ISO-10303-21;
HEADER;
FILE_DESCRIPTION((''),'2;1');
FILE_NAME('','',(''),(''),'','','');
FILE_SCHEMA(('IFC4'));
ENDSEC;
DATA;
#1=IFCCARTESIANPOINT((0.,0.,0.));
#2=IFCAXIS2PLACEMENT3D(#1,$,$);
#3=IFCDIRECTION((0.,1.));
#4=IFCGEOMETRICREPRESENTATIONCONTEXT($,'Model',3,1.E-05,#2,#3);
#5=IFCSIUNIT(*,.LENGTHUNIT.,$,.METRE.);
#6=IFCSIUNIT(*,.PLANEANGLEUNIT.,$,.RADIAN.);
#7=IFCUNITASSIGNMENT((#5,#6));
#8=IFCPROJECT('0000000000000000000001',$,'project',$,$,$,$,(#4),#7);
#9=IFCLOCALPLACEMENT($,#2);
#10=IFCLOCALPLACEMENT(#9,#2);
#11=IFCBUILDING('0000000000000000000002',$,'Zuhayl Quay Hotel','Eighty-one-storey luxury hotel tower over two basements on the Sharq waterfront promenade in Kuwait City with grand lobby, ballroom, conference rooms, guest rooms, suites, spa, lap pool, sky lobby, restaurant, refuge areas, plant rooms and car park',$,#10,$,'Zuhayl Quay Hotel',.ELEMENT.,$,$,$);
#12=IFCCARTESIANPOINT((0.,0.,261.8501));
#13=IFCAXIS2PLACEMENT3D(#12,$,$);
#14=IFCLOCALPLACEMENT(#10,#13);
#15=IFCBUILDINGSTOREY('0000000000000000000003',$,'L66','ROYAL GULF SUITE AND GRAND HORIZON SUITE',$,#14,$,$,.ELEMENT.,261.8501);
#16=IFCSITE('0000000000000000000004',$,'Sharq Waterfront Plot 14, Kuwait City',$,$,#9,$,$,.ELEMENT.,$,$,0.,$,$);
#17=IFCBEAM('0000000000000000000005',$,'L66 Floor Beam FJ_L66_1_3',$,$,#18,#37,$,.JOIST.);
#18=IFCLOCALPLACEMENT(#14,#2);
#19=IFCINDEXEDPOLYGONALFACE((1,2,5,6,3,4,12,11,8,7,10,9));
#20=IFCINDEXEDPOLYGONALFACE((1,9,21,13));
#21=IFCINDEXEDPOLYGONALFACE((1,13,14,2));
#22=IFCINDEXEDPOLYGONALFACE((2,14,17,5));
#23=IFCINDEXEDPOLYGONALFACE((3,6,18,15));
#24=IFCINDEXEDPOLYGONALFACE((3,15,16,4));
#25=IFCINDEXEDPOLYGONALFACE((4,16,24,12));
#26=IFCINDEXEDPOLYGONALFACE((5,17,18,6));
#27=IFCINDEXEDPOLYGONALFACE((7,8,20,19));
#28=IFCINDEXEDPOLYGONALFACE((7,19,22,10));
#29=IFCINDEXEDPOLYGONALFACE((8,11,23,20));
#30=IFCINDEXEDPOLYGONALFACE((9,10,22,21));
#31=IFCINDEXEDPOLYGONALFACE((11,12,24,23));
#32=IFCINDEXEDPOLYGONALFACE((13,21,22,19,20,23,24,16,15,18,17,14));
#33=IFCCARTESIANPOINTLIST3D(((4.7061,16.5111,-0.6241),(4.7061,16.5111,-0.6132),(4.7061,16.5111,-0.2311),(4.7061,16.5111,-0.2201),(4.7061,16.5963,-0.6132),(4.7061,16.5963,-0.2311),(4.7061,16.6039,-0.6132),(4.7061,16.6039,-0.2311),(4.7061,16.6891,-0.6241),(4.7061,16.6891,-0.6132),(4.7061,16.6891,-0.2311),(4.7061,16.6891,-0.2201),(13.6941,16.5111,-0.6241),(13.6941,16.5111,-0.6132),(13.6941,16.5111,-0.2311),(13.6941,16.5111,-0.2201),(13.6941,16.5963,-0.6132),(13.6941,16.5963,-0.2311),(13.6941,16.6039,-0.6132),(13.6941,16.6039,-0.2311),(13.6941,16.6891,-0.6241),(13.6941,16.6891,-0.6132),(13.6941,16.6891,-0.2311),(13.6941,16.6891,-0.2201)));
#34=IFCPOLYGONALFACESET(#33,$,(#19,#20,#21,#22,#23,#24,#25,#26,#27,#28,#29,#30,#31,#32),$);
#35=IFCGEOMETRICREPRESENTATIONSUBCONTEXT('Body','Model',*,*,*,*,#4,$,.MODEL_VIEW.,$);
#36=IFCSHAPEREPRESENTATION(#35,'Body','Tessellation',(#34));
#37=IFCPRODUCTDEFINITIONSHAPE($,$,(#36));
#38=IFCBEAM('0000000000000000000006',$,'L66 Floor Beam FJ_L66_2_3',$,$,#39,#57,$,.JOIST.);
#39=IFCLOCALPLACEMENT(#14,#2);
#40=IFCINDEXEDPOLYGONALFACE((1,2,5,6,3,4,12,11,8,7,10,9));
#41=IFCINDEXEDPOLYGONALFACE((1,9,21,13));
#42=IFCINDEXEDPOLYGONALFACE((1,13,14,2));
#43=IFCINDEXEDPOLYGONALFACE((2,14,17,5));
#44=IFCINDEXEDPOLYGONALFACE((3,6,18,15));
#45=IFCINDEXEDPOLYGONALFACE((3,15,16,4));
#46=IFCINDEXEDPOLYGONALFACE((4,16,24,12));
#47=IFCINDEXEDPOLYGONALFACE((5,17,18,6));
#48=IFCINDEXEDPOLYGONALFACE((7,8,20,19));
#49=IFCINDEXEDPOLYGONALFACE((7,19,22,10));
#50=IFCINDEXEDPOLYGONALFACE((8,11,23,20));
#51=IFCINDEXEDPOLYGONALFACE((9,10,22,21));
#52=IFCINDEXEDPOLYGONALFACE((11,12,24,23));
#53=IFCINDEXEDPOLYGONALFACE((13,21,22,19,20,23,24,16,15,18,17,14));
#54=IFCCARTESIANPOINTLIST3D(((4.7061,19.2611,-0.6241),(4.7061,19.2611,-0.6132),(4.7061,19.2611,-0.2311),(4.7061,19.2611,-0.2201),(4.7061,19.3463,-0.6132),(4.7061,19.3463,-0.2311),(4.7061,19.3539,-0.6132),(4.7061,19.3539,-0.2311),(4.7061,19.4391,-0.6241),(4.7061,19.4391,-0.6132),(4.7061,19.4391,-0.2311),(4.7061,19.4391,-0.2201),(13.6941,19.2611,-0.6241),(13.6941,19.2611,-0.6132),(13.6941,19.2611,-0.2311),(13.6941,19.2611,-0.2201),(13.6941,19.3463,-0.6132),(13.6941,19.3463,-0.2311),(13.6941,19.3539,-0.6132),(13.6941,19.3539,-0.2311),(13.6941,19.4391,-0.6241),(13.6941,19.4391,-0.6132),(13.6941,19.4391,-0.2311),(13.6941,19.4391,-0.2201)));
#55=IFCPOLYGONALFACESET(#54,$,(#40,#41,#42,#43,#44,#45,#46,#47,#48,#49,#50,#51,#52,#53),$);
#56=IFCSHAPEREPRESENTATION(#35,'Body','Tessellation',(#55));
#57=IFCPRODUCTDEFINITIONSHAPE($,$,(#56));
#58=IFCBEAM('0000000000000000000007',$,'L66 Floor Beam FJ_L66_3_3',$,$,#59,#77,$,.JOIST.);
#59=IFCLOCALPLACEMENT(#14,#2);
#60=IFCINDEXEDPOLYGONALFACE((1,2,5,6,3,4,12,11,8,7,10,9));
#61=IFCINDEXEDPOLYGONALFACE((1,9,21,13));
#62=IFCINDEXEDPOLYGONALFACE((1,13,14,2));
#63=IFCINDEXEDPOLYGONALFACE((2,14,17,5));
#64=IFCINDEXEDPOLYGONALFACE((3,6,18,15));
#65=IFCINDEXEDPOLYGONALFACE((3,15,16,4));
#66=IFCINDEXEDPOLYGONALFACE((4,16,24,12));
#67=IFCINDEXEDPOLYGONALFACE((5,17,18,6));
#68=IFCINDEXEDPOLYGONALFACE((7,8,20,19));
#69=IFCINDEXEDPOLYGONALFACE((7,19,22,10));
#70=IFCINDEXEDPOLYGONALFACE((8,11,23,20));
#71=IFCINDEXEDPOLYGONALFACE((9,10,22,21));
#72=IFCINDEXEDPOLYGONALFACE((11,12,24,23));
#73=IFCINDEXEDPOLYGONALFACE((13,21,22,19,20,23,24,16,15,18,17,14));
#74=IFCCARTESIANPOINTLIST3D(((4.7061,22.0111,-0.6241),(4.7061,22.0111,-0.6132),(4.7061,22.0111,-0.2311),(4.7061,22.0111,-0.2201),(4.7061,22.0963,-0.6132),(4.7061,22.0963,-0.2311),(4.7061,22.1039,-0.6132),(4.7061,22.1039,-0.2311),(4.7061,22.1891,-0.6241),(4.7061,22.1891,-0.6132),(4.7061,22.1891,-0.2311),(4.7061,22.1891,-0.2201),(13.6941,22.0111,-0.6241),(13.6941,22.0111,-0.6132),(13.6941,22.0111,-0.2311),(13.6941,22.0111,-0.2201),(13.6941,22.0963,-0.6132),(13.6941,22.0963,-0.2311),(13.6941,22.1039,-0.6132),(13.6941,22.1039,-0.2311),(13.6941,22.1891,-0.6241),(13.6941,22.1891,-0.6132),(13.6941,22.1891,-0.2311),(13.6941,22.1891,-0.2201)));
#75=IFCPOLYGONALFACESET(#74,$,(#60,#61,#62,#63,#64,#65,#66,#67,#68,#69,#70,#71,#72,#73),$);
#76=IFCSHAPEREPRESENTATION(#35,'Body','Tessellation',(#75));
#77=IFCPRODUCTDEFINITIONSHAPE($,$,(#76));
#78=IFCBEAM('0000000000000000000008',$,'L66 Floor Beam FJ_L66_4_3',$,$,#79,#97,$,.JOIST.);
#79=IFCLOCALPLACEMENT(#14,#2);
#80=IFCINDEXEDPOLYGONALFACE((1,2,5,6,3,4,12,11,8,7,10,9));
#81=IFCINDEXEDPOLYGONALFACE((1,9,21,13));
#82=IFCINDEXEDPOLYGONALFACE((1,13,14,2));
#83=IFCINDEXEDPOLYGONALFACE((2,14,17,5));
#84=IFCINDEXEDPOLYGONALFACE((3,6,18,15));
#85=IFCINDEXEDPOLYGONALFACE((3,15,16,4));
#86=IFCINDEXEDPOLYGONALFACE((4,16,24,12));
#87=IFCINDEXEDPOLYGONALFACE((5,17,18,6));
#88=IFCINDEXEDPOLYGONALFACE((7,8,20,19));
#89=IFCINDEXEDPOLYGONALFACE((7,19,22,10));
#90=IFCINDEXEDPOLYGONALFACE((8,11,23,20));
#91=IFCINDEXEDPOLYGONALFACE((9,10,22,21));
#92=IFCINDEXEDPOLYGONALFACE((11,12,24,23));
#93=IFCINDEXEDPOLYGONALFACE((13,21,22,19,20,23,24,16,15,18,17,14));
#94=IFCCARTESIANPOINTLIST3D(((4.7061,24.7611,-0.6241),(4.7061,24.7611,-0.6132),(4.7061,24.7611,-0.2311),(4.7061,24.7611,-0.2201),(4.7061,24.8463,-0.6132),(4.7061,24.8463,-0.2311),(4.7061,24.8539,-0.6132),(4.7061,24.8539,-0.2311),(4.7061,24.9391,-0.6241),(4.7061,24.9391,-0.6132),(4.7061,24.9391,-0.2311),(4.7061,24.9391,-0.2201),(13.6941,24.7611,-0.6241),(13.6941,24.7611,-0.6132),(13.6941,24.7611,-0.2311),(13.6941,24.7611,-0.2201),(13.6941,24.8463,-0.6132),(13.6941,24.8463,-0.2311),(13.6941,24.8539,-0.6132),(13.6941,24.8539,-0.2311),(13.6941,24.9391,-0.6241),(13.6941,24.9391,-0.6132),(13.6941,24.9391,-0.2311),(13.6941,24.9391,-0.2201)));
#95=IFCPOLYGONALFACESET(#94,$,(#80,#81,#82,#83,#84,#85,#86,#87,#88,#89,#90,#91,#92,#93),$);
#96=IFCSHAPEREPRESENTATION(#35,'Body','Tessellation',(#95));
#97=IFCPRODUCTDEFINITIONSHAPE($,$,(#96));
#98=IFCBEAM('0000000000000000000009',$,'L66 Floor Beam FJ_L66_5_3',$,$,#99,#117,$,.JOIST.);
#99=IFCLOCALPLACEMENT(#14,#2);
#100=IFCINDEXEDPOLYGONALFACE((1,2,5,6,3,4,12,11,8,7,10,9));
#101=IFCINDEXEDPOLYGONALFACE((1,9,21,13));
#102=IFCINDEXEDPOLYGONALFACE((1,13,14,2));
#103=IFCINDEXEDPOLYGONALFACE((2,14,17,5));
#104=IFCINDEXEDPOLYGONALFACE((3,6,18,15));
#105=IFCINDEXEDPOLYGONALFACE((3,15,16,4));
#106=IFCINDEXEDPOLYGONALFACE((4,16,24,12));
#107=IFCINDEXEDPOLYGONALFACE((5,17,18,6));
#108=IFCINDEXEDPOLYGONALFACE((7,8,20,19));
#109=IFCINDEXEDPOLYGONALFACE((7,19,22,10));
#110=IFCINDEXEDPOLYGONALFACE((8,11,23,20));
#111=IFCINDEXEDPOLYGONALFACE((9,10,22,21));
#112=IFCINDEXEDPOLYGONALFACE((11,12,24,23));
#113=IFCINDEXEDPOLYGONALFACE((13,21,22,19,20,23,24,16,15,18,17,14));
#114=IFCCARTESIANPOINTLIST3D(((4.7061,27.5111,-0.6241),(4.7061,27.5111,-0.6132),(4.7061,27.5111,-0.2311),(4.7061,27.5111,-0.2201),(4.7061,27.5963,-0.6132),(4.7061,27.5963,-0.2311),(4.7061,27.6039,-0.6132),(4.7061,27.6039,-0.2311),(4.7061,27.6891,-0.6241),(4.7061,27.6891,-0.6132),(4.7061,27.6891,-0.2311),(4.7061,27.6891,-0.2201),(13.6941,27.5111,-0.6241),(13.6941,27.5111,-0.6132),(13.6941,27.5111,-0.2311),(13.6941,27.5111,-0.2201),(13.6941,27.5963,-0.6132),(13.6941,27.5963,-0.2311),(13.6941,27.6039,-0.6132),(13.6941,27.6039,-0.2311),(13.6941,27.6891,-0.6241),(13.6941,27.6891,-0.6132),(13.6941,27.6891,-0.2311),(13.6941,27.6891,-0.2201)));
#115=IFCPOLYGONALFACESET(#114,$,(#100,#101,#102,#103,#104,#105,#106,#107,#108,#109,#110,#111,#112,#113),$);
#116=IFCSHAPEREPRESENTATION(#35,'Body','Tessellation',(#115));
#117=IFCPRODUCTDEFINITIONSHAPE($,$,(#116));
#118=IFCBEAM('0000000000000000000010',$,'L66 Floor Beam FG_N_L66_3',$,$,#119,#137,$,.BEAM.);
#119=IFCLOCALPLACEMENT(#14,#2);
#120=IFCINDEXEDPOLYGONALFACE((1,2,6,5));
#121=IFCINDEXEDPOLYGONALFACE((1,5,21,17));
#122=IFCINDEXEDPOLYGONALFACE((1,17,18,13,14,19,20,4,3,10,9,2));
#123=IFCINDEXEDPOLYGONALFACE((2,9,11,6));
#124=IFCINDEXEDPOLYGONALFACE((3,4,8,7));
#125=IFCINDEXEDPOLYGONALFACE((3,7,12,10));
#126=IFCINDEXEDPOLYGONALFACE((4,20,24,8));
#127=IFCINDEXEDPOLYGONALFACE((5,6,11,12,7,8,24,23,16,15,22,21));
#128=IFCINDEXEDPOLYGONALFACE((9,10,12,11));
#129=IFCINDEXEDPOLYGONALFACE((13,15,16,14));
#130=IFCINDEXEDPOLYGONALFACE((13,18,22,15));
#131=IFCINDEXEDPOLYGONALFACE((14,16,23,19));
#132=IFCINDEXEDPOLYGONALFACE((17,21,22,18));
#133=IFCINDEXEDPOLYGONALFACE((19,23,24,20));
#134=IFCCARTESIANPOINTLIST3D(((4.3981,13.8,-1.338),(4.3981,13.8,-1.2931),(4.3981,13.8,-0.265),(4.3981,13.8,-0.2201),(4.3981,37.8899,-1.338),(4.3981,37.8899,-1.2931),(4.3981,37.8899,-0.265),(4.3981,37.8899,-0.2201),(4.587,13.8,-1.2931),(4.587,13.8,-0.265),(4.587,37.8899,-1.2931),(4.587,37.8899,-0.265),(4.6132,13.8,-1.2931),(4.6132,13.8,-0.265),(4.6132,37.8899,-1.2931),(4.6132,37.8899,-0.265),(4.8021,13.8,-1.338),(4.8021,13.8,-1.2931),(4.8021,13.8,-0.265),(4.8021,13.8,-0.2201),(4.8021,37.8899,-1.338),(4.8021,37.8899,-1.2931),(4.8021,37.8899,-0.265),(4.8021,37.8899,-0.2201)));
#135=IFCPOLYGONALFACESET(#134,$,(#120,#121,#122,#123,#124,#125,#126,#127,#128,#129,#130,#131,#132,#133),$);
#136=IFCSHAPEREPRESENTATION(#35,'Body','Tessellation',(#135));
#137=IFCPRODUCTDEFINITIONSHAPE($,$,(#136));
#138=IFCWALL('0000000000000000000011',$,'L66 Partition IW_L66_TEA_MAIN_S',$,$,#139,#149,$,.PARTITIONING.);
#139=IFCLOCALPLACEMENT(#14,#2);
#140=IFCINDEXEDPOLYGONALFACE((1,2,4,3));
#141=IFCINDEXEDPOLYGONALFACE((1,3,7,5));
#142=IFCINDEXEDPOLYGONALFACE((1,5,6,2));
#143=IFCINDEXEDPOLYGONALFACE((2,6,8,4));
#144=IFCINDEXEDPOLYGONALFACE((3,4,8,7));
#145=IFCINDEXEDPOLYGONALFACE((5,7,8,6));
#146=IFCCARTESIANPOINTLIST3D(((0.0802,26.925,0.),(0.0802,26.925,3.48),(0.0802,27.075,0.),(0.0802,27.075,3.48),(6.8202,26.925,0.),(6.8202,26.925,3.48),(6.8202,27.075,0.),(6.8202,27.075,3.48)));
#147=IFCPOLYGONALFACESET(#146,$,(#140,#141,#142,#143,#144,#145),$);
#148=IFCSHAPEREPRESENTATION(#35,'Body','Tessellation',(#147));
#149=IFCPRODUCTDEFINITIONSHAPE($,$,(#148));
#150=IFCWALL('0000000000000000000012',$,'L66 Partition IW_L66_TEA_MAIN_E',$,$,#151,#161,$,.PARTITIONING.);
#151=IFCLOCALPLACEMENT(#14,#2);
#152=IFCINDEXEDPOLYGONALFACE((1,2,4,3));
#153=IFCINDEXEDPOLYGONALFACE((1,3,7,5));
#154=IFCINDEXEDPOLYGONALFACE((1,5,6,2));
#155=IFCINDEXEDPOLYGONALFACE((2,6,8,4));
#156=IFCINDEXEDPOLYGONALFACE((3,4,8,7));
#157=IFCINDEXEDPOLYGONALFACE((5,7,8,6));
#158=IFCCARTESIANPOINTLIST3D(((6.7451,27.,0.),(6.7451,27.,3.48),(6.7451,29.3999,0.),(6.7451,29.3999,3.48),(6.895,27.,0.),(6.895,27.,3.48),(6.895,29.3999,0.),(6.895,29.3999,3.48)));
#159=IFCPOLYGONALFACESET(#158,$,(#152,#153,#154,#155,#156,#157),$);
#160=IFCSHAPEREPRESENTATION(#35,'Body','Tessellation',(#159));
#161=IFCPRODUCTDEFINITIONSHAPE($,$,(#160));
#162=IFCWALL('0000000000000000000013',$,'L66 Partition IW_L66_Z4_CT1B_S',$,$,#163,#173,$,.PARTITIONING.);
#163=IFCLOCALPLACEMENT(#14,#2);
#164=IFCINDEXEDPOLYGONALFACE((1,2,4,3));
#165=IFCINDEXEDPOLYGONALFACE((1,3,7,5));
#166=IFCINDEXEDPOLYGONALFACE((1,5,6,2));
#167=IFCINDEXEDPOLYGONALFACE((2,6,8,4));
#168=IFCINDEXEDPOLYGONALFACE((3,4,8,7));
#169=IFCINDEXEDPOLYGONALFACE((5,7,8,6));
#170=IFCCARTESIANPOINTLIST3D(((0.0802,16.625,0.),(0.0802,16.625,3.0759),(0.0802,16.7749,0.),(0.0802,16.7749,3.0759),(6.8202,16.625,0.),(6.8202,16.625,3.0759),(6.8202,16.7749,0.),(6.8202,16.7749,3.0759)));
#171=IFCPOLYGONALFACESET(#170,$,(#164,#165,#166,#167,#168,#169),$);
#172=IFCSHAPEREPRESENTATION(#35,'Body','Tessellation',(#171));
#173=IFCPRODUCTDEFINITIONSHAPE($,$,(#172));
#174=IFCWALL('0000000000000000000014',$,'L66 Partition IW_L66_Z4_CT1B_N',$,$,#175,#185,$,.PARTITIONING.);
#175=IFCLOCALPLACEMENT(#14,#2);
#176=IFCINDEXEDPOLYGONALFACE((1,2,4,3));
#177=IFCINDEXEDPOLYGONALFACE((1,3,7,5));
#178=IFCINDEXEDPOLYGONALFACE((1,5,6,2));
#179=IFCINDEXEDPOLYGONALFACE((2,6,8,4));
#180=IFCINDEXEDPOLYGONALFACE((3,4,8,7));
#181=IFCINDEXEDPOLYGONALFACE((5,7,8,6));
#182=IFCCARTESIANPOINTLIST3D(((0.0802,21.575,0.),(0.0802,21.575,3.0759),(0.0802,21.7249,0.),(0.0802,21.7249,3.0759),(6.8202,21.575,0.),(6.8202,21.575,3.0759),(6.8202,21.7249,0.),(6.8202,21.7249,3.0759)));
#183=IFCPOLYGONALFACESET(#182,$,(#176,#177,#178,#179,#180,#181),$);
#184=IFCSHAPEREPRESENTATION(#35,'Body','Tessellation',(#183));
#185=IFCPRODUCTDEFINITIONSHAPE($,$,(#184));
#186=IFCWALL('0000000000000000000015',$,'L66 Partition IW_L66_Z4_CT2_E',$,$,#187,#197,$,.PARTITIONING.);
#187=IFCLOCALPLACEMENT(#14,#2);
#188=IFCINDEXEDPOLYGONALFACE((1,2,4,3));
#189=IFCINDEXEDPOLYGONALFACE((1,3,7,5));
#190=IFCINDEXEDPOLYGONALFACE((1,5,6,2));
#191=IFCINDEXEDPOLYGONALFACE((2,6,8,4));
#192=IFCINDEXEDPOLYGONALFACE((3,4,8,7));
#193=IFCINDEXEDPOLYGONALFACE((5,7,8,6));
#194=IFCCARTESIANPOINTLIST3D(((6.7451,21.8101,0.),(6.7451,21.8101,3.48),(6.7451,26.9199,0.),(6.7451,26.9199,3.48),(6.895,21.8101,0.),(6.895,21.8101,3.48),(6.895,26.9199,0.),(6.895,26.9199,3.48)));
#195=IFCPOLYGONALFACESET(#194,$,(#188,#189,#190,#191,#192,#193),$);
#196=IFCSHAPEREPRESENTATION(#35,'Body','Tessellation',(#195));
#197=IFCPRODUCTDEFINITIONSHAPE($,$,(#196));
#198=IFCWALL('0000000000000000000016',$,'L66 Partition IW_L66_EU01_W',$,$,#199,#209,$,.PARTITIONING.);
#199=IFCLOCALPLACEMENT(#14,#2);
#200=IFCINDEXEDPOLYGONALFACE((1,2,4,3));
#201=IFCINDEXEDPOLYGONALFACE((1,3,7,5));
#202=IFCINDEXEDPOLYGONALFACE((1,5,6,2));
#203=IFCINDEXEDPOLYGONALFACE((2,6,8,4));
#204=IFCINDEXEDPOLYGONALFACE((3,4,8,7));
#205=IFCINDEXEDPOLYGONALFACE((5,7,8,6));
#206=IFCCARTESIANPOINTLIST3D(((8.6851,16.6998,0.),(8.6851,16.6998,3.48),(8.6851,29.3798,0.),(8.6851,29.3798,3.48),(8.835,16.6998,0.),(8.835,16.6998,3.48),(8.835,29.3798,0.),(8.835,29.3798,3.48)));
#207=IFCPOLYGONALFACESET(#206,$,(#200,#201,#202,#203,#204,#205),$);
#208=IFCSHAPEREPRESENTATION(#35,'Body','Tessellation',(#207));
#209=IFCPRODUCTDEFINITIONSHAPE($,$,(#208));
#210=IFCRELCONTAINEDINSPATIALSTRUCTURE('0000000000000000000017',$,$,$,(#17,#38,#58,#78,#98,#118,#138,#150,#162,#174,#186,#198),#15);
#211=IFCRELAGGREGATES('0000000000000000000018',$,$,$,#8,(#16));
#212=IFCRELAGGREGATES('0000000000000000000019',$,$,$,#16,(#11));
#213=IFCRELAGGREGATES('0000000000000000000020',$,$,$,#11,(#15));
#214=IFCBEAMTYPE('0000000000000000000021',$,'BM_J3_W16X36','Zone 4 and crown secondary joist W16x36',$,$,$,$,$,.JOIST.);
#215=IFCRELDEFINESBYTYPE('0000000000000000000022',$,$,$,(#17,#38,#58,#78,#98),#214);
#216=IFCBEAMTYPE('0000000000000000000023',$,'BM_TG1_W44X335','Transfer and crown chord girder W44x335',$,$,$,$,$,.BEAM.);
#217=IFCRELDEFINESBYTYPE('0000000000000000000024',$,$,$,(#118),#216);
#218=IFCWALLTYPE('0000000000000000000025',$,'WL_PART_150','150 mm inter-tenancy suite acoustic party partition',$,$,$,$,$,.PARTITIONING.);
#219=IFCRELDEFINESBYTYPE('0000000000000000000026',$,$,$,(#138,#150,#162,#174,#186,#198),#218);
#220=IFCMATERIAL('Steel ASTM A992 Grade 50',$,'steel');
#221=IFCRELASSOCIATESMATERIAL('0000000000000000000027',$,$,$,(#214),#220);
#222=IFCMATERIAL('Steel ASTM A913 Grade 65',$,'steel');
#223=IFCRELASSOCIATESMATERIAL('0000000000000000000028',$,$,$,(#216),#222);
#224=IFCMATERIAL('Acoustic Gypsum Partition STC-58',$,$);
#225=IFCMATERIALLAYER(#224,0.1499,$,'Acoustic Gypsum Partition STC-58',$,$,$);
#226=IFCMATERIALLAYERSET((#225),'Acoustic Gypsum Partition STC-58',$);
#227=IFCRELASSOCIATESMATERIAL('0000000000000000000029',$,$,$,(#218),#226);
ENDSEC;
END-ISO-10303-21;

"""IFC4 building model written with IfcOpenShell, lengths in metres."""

from ifc_helpers import new_model, si_unit, direction, frame, frame_2d, origin, origin_2d, place, context, subcontext, project, spatial, rectangle, i_section, extrude, material, layer, layer_set, material_profile, profile_set, type_object, element, save


model = new_model("IFC4")

# Units and contexts
model_context = context("Model", 3, precision=1e-05, world=origin(), true_north=direction((0.0, 1.0)))
body_context = subcontext(model_context, "Body", "Model", "MODEL_VIEW")
ifc_project = project(units=[si_unit("LENGTHUNIT", "METRE"), si_unit("PLANEANGLEUNIT", "RADIAN")], contexts=[model_context])

# Site, building, storey
site_placement = place(None, origin())
site = spatial("IfcSite", under=ifc_project, at=site_placement, Name="Sharq Waterfront Plot 14, Kuwait City", CompositionType="ELEMENT", RefElevation=0.0)
building_placement = place(site_placement, origin())
building = spatial("IfcBuilding", under=site, at=building_placement, Name="Zuhayl Quay Hotel", Description="Eighty-one-storey luxury hotel tower over two basements on the Sharq waterfront promenade in Kuwait City with grand lobby, ballroom, conference rooms, guest rooms, suites, spa, lap pool, sky lobby, restaurant, refuge areas, plant rooms and car park", LongName="Zuhayl Quay Hotel", CompositionType="ELEMENT")
storey_placement = place(building_placement, frame((0.0, 0.0, 261.8501)))
storey = spatial("IfcBuildingStorey", under=building, at=storey_placement, Name="L66", Description="ROYAL GULF SUITE AND GRAND HORIZON SUITE", CompositionType="ELEMENT", Elevation=261.8501)

# Beams
ifc_material_1 = material(Name="Steel ASTM A992 Grade 50", Category="steel")
ifc_material_profile_1 = material_profile(ifc_material_1, i_section(OverallWidth=0.178, OverallDepth=0.4041, WebThickness=0.0076, FlangeThickness=0.011, at=origin_2d()), Name="W16X36")
ifc_profile_set_1 = profile_set([ifc_material_profile_1], Name="Steel ASTM A992 Grade 50")
beam_type_1 = type_object("IfcBeamType", Name="BM_J3_W16X36", Description="Zone 4 and crown secondary joist W16x36", PredefinedType="JOIST", material=ifc_profile_set_1)
for number, where, z_axis, x_axis, name in (
    (1, (4.7061, 16.6001, -0.4221), (1.0, 0.0, 0.0), (0.0, 1.0, 0.0), "L66 Floor Beam FJ_L66_1_3"),
    (2, (4.7061, 19.3501, -0.4221), (1.0, 0.0, 0.0), (0.0, 1.0, 0.0), "L66 Floor Beam FJ_L66_2_3"),
    (3, (4.7061, 22.1001, -0.4221), (1.0, 0.0, 0.0), (0.0, 1.0, 0.0), "L66 Floor Beam FJ_L66_3_3"),
    (4, (4.7061, 24.8501, -0.4221), (1.0, 0.0, 0.0), (0.0, 1.0, 0.0), "L66 Floor Beam FJ_L66_4_3"),
    (5, (4.7061, 27.6001, -0.4221), (1.0, 0.0, 0.0), (0.0, 1.0, 0.0), "L66 Floor Beam FJ_L66_5_3"),
):
    element("IfcBeam", number, at=place(storey_placement, frame(where, z_axis=z_axis, x_axis=x_axis)), inside=storey, type_object=beam_type_1, Name=name, PredefinedType="JOIST", context=body_context, shape_type="SweptSolid", body=[
        extrude(i_section(OverallWidth=0.178, OverallDepth=0.4041, WebThickness=0.0076, FlangeThickness=0.011, at=origin_2d()), origin(), (0.0, 0.0, 1.0), 8.988),
    ])
ifc_material_2 = material(Name="Steel ASTM A913 Grade 65", Category="steel")
ifc_material_profile_2 = material_profile(ifc_material_2, i_section(OverallWidth=0.4041, OverallDepth=1.1179, WebThickness=0.0261, FlangeThickness=0.0449, at=origin_2d()), Name="W44X335")
ifc_profile_set_2 = profile_set([ifc_material_profile_2], Name="Steel ASTM A913 Grade 65")
beam_type_2 = type_object("IfcBeamType", Name="BM_TG1_W44X335", Description="Transfer and crown chord girder W44x335", PredefinedType="BEAM", material=ifc_profile_set_2)
beam_placement = place(storey_placement, frame((4.6001, 13.8, -0.7791), z_axis=(0.0, 1.0, 0.0), x_axis=(-1.0, 0.0, 0.0)))
element("IfcBeam", 6, at=beam_placement, inside=storey, type_object=beam_type_2, Name="L66 Floor Beam FG_N_L66_3", PredefinedType="BEAM", context=body_context, shape_type="SweptSolid", body=[
    extrude(i_section(OverallWidth=0.4041, OverallDepth=1.1179, WebThickness=0.0261, FlangeThickness=0.0449, at=origin_2d()), origin(), (0.0, 0.0, 1.0), 24.0898),
])

# Walls
ifc_material_3 = material(Name="Acoustic Gypsum Partition STC-58")
ifc_layer_1 = layer(ifc_material_3, 0.1499, Name="Acoustic Gypsum Partition STC-58")
ifc_layer_set_1 = layer_set([ifc_layer_1], Name="Acoustic Gypsum Partition STC-58")
wall_type_1 = type_object("IfcWallType", Name="WL_PART_150", Description="150 mm inter-tenancy suite acoustic party partition", PredefinedType="PARTITIONING", material=ifc_layer_set_1)
wall_1_placement = place(storey_placement, frame((0.0801, 27.0, 0.0), z_axis=(0.0, 0.0, 1.0), x_axis=(1.0, 0.0, 0.0)))
element("IfcWall", 7, at=wall_1_placement, inside=storey, type_object=wall_type_1, Name="L66 Partition IW_L66_TEA_MAIN_S", PredefinedType="PARTITIONING", context=body_context, shape_type="SweptSolid", body=[
    extrude(rectangle(XDim=6.74, YDim=0.1499, at=frame_2d((3.3701, 0.0))), origin(), (0.0, 0.0, 1.0), 3.48),
])
wall_2_placement = place(storey_placement, frame((6.8201, 27.0, 0.0), z_axis=(0.0, 0.0, 1.0), x_axis=(0.0, 1.0, 0.0)))
element("IfcWall", 8, at=wall_2_placement, inside=storey, type_object=wall_type_1, Name="L66 Partition IW_L66_TEA_MAIN_E", PredefinedType="PARTITIONING", context=body_context, shape_type="SweptSolid", body=[
    extrude(rectangle(XDim=2.3999, YDim=0.1499, at=frame_2d((1.2, 0.0))), origin(), (0.0, 0.0, 1.0), 3.48),
])
for number, where, z_axis, x_axis, name in (
    (9, (0.0801, 16.7, 0.0), (0.0, 0.0, 1.0), (1.0, 0.0, 0.0), "L66 Partition IW_L66_Z4_CT1B_S"),
    (10, (0.0801, 21.6499, 0.0), (0.0, 0.0, 1.0), (1.0, 0.0, 0.0), "L66 Partition IW_L66_Z4_CT1B_N"),
):
    element("IfcWall", number, at=place(storey_placement, frame(where, z_axis=z_axis, x_axis=x_axis)), inside=storey, type_object=wall_type_1, Name=name, PredefinedType="PARTITIONING", context=body_context, shape_type="SweptSolid", body=[
        extrude(rectangle(XDim=6.74, YDim=0.1499, at=frame_2d((3.3701, 0.0))), origin(), (0.0, 0.0, 1.0), 3.0759),
    ])
wall_3_placement = place(storey_placement, frame((6.8201, 21.8101, 0.0), z_axis=(0.0, 0.0, 1.0), x_axis=(0.0, 1.0, 0.0)))
element("IfcWall", 11, at=wall_3_placement, inside=storey, type_object=wall_type_1, Name="L66 Partition IW_L66_Z4_CT2_E", PredefinedType="PARTITIONING", context=body_context, shape_type="SweptSolid", body=[
    extrude(rectangle(XDim=5.1099, YDim=0.1499, at=frame_2d((2.5549, 0.0))), origin(), (0.0, 0.0, 1.0), 3.48),
])
wall_4_placement = place(storey_placement, frame((8.76, 16.7, 0.0), z_axis=(0.0, 0.0, 1.0), x_axis=(0.0, 1.0, 0.0)))
element("IfcWall", 12, at=wall_4_placement, inside=storey, type_object=wall_type_1, Name="L66 Partition IW_L66_EU01_W", PredefinedType="PARTITIONING", context=body_context, shape_type="SweptSolid", body=[
    extrude(rectangle(XDim=12.6799, YDim=0.1499, at=frame_2d((6.3398, 0.0))), origin(), (0.0, 0.0, 1.0), 3.48),
])

save(model, "model.ifc")
